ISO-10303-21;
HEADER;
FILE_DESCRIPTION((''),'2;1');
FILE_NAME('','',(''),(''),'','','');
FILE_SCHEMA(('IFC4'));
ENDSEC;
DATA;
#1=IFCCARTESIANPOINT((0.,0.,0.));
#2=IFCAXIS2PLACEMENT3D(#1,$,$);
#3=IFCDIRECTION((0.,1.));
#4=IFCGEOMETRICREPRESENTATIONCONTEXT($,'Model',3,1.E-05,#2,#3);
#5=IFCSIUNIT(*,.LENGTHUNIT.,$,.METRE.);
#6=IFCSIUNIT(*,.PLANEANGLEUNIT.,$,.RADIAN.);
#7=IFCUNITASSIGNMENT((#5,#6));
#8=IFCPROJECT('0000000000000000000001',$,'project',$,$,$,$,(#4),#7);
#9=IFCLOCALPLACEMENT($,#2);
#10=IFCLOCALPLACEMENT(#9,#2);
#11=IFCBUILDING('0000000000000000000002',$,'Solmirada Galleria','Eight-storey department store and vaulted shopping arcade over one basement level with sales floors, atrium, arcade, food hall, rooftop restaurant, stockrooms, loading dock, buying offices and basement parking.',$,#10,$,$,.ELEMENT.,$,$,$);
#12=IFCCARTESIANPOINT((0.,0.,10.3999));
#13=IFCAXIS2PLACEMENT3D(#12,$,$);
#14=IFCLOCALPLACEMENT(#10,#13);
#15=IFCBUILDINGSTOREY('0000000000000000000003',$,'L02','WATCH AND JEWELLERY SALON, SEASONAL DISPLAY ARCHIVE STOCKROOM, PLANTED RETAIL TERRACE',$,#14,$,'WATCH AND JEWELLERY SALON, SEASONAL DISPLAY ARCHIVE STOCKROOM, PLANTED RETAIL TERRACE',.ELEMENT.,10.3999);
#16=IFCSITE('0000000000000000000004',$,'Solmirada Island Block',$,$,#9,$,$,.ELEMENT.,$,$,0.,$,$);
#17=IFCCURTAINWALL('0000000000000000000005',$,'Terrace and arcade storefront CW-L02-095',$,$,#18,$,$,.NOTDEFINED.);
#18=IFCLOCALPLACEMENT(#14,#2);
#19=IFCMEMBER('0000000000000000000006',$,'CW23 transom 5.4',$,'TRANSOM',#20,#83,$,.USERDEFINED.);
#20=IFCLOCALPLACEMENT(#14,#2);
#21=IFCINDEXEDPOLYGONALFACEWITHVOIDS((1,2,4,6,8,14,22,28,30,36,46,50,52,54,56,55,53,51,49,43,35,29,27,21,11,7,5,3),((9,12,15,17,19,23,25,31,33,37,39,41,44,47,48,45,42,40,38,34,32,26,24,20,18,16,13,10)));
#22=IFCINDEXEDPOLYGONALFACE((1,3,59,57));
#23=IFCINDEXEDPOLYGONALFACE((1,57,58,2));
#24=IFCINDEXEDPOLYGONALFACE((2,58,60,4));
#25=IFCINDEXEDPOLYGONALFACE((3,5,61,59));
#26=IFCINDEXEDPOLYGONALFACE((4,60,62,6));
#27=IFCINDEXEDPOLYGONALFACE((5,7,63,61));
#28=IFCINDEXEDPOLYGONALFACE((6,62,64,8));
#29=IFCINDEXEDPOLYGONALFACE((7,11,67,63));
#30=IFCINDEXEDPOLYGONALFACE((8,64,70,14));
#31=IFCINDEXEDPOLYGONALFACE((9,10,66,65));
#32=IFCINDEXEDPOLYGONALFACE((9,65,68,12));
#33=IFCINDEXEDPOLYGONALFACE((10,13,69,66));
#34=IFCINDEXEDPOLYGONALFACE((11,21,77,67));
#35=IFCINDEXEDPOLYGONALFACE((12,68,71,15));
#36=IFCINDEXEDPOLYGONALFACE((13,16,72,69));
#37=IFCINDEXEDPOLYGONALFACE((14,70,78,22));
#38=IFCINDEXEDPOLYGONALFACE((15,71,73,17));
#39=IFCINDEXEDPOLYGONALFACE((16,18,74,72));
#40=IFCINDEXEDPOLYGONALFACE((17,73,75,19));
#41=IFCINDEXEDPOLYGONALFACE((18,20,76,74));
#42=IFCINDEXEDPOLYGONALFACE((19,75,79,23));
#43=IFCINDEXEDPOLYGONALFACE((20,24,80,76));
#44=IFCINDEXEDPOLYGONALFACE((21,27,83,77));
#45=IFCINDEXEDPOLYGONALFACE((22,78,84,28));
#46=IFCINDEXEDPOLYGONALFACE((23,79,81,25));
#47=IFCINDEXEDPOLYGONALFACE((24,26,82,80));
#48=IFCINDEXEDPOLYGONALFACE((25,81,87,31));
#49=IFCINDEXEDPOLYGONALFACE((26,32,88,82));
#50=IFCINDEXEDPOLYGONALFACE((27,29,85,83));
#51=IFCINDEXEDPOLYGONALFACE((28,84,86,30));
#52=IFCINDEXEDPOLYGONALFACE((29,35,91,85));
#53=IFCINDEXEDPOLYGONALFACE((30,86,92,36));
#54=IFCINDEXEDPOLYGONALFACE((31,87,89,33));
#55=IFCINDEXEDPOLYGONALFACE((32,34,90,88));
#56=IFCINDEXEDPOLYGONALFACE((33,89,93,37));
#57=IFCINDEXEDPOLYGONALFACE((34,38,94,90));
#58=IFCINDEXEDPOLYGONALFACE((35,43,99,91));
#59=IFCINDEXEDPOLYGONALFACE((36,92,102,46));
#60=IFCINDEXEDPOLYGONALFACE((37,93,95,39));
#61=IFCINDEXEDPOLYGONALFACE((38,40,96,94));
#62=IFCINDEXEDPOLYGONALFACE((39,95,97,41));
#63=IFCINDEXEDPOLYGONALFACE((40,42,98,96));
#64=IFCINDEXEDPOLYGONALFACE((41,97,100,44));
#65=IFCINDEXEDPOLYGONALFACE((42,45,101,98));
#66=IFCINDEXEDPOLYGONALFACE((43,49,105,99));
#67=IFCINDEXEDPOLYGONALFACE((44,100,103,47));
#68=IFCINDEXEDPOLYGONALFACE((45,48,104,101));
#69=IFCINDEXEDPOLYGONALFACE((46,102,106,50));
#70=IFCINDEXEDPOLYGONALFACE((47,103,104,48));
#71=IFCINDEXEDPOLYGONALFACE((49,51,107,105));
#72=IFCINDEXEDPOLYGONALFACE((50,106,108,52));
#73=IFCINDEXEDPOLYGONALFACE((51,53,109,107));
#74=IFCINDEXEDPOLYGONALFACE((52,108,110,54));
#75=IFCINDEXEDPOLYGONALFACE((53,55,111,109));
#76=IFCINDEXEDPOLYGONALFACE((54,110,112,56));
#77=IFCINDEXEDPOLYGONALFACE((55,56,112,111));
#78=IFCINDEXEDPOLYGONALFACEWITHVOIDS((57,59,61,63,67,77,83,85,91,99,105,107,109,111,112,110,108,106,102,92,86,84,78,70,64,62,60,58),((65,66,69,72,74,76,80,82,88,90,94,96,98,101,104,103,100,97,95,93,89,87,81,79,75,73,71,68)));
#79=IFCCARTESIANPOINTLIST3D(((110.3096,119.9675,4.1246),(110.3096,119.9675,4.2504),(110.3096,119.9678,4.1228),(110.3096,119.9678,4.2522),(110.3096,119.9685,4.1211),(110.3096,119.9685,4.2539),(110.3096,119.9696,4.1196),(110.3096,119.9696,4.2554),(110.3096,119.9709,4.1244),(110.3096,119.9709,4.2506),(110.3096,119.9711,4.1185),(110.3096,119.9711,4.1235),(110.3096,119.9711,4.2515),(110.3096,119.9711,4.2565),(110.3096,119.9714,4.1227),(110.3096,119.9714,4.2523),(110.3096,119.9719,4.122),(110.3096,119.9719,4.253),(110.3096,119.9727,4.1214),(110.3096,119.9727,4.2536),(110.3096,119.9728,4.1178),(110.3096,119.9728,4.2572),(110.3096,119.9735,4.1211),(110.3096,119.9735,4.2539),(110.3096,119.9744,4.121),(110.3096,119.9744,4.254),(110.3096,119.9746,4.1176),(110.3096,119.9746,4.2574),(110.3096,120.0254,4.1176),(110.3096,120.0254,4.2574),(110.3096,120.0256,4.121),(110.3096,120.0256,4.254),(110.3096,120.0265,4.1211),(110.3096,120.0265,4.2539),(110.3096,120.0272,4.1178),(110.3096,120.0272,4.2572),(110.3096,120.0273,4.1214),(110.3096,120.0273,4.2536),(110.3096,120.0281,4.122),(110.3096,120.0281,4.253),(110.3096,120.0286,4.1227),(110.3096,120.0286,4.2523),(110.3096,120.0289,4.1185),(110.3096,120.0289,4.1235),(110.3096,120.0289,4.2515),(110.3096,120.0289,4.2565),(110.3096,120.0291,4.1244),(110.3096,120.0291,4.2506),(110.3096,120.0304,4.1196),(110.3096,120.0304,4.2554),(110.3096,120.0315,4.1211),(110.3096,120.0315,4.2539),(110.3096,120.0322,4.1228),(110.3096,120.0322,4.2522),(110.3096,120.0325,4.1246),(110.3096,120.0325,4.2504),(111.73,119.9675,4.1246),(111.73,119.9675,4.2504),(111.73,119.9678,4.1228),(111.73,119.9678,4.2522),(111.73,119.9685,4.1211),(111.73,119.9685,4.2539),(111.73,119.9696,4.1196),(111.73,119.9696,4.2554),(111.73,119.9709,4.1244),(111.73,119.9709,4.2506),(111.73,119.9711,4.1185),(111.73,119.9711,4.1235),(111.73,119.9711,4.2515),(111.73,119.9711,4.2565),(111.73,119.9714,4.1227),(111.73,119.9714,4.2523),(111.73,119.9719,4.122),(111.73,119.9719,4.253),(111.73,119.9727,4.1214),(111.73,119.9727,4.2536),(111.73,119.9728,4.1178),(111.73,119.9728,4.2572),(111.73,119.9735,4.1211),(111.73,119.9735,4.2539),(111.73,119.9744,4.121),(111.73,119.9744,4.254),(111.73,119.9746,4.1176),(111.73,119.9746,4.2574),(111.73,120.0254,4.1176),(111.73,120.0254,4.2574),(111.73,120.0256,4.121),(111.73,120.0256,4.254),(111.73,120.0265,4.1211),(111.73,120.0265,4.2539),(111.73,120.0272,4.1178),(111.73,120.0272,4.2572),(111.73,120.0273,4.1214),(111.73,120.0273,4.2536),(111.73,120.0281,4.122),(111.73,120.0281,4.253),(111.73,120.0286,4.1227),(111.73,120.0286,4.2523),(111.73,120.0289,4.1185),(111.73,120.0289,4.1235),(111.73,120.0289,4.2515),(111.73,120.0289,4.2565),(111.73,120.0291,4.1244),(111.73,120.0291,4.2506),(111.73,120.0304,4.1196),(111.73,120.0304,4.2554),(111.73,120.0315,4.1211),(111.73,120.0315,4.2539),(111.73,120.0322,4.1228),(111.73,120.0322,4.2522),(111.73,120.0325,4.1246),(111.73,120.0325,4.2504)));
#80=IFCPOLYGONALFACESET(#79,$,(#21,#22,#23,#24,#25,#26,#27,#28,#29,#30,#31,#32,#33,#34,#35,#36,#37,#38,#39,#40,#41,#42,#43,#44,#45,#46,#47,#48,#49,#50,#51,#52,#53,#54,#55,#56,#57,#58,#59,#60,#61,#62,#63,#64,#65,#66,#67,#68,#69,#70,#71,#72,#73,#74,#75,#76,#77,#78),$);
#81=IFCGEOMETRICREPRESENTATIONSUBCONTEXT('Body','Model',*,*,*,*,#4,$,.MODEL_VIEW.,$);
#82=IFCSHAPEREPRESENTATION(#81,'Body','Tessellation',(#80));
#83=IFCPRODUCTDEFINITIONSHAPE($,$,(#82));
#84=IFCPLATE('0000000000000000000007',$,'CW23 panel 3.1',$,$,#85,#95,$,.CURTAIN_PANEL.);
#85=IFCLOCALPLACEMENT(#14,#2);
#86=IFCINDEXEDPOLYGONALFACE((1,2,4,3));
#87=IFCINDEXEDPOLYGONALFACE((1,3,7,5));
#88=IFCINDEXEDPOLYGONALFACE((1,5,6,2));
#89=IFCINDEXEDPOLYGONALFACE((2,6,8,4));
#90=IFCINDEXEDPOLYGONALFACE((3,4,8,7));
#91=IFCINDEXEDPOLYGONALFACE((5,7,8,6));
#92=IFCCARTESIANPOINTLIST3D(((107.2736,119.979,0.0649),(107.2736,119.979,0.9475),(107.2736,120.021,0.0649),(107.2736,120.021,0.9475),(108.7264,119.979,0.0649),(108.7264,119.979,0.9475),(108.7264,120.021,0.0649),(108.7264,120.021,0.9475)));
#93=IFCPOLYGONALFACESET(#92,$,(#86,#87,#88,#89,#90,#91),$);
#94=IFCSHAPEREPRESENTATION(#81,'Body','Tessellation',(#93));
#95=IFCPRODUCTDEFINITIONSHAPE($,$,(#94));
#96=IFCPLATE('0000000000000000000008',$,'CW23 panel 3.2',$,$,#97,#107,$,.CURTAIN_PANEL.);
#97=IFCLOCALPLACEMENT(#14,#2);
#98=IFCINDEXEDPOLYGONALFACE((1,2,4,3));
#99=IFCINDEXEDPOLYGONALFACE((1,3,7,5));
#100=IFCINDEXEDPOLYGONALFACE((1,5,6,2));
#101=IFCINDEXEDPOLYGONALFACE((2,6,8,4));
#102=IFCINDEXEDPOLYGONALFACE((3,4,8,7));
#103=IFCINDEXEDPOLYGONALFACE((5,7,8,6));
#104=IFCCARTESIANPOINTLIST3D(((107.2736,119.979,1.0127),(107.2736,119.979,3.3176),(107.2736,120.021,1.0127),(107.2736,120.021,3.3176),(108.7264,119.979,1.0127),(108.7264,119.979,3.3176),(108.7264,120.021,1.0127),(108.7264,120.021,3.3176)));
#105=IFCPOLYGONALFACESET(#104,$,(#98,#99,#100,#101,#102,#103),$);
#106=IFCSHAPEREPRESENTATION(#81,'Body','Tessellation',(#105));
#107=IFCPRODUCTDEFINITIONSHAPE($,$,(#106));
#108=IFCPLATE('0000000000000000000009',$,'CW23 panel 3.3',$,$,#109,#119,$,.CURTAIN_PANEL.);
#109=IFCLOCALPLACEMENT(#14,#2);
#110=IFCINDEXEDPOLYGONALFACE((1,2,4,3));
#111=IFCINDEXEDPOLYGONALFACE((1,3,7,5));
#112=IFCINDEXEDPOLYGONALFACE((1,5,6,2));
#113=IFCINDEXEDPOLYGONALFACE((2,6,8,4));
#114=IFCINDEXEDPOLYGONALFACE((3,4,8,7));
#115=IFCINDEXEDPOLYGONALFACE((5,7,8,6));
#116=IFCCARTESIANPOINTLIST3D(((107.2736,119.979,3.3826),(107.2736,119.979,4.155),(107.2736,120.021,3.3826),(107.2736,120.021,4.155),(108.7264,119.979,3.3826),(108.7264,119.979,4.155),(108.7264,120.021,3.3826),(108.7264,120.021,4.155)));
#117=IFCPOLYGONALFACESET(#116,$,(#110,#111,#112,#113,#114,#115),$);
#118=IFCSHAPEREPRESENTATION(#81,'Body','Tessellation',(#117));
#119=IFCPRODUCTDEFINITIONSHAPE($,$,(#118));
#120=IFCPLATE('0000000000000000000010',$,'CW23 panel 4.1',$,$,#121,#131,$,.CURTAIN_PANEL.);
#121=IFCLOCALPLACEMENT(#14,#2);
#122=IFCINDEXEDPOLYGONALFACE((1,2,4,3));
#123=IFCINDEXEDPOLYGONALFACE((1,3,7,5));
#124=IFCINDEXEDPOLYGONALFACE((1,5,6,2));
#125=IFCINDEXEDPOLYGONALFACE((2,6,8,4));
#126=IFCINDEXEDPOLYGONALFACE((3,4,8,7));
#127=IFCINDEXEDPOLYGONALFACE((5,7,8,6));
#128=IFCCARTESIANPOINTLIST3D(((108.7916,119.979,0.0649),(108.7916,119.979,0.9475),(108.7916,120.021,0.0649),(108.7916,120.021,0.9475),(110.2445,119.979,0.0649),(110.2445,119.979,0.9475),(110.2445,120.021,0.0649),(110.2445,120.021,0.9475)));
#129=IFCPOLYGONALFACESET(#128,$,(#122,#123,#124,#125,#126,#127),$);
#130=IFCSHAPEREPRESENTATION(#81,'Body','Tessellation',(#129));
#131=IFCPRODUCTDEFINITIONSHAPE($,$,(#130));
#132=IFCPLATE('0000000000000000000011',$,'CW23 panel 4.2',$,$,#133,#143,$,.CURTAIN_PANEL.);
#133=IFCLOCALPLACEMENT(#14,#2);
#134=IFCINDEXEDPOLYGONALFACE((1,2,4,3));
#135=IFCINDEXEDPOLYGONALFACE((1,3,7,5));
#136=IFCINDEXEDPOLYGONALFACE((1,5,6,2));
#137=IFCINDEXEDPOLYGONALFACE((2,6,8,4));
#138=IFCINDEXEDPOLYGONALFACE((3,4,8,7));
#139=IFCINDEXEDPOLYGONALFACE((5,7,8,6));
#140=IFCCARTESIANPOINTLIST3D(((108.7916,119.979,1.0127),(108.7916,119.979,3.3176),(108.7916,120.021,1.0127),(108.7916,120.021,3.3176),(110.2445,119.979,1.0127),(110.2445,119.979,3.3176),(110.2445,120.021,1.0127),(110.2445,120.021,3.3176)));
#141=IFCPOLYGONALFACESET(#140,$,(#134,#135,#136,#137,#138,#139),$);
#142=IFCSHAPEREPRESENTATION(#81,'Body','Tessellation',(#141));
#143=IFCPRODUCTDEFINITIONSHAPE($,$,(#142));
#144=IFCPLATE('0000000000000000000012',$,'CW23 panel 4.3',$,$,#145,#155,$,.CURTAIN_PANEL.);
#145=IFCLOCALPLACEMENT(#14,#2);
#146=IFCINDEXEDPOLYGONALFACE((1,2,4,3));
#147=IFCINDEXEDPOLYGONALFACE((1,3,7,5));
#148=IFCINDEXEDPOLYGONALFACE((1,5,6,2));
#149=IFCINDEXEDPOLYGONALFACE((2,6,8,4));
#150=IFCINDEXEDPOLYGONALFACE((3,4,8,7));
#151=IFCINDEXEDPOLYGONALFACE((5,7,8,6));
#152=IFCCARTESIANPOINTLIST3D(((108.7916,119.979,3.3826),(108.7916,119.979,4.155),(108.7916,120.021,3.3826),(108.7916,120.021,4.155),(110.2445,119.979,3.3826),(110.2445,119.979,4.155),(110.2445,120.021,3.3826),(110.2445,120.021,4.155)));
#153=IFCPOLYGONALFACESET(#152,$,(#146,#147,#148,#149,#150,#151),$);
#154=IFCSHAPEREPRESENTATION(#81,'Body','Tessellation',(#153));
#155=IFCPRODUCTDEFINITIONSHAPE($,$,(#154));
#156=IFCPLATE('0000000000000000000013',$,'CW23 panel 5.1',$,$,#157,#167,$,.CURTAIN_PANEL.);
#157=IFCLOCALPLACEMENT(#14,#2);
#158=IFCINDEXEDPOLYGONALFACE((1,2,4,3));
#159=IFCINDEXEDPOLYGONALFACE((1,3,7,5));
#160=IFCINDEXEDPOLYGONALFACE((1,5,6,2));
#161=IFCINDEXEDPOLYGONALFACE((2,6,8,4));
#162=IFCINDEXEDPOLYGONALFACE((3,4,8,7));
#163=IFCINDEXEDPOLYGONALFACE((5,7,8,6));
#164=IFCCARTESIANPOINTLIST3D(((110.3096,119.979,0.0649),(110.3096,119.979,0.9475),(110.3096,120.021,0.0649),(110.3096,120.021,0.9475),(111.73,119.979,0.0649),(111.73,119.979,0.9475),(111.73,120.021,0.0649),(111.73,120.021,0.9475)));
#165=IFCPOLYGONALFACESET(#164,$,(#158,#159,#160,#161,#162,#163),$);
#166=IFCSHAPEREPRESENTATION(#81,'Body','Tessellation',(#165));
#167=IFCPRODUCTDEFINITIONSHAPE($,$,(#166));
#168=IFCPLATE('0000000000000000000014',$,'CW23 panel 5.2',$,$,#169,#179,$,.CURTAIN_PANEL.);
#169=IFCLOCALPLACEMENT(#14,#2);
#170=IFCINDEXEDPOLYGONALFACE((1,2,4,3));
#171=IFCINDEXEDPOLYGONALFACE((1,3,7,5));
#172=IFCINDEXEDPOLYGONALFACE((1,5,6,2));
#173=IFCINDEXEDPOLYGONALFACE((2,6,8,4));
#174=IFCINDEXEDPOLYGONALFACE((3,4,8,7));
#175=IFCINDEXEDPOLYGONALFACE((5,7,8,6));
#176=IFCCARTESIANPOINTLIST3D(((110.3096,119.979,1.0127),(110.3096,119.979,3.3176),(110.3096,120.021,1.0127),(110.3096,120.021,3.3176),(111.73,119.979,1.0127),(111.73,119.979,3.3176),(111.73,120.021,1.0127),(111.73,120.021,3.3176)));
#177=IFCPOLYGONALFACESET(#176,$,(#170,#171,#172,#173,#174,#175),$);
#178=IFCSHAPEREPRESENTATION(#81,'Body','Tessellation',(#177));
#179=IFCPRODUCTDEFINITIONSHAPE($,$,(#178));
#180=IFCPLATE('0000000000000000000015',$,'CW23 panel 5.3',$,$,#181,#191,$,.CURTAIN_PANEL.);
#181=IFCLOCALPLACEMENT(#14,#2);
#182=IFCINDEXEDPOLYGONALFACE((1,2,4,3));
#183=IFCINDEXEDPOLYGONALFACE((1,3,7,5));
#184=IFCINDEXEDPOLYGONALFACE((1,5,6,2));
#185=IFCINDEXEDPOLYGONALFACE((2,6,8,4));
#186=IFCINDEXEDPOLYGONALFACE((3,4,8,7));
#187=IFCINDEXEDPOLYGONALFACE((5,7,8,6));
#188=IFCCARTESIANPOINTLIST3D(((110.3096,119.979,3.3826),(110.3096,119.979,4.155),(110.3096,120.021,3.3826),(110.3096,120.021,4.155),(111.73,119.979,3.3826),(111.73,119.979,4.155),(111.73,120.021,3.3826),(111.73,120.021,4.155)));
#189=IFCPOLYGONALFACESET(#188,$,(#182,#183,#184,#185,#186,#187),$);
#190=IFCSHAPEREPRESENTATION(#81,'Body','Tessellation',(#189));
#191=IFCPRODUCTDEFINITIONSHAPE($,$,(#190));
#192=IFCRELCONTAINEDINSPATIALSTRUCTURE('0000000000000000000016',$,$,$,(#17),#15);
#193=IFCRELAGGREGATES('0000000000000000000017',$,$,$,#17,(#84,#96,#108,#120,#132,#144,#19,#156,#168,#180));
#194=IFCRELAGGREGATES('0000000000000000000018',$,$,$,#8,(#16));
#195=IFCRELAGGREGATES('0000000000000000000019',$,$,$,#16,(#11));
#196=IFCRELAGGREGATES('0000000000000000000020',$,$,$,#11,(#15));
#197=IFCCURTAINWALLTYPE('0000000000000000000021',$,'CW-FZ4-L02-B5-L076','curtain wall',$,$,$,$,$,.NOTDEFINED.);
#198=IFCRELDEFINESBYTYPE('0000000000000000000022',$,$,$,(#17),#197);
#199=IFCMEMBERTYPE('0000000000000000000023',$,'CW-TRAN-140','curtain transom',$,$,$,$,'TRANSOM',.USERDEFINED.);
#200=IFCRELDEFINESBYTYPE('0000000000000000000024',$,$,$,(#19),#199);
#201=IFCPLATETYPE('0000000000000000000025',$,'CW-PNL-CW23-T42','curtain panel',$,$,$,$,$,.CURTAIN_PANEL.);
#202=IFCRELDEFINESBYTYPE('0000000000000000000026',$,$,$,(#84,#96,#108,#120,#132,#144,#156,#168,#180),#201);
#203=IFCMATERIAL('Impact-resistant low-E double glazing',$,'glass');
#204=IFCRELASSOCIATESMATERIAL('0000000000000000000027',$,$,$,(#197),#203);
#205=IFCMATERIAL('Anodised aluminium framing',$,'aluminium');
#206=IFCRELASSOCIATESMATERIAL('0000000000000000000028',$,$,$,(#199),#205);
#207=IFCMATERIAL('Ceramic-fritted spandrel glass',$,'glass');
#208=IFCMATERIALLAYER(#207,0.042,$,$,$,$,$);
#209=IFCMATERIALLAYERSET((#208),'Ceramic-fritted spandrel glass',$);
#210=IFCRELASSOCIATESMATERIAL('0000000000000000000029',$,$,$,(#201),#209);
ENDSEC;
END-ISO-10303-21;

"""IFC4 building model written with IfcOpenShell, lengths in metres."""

from ifc_helpers import new_model, si_unit, direction, frame, origin, origin_2d, place, context, subcontext, project, spatial, rectangle, hollow_rectangle, extrude, material, layer, layer_set, material_profile, profile_set, type_object, element, aggregate, save


model = new_model("IFC4")

# Units and contexts
model_context = context("Model", 3, precision=1e-05, world=origin(), true_north=direction((0.0, 1.0)))
body_context = subcontext(model_context, "Body", "Model", "MODEL_VIEW")
ifc_project = project(units=[si_unit("LENGTHUNIT", "METRE"), si_unit("PLANEANGLEUNIT", "RADIAN")], contexts=[model_context])

# Site, building, storey
site_placement = place(None, origin())
site = spatial("IfcSite", under=ifc_project, at=site_placement, Name="Solmirada Island Block", CompositionType="ELEMENT", RefElevation=0.0)
building_placement = place(site_placement, origin())
building = spatial("IfcBuilding", under=site, at=building_placement, Name="Solmirada Galleria", Description="Eight-storey department store and vaulted shopping arcade over one basement level with sales floors, atrium, arcade, food hall, rooftop restaurant, stockrooms, loading dock, buying offices and basement parking.", CompositionType="ELEMENT")
storey_placement = place(building_placement, frame((0.0, 0.0, 10.3999)))
storey = spatial("IfcBuildingStorey", under=building, at=storey_placement, Name="L02", Description="WATCH AND JEWELLERY SALON, SEASONAL DISPLAY ARCHIVE STOCKROOM, PLANTED RETAIL TERRACE", LongName="WATCH AND JEWELLERY SALON, SEASONAL DISPLAY ARCHIVE STOCKROOM, PLANTED RETAIL TERRACE", CompositionType="ELEMENT", Elevation=10.3999)

# Curtain wall, member, plates
ifc_material_1 = material(Name="Impact-resistant low-E double glazing", Category="glass")
curtain_wall_type = type_object("IfcCurtainWallType", Name="CW-FZ4-L02-B5-L076", Description="curtain wall", PredefinedType="NOTDEFINED", material=ifc_material_1)
curtain_wall_placement = place(storey_placement, origin())
curtain_wall = element("IfcCurtainWall", 1, at=curtain_wall_placement, inside=storey, type_object=curtain_wall_type, Name="Terrace and arcade storefront CW-L02-095", PredefinedType="NOTDEFINED")
ifc_material_2 = material(Name="Anodised aluminium framing", Category="aluminium")
ifc_material_profile_1 = material_profile(ifc_material_2, hollow_rectangle(XDim=0.0649, YDim=0.1399, WallThickness=0.0034, InnerFilletRadius=0.0034, OuterFilletRadius=0.0071, at=origin_2d()), Name="ALU-TRAN-140X65")
ifc_profile_set_1 = profile_set([ifc_material_profile_1], Name="Anodised aluminium framing")
member_type_1 = type_object("IfcMemberType", Name="CW-TRAN-140", Description="curtain transom", ElementType="TRANSOM", PredefinedType="USERDEFINED", material=ifc_profile_set_1)
member_1_placement = place(storey_placement, frame((110.3096, 120.0, 4.1875), z_axis=(1.0, 0.0, 0.0), x_axis=(0.0, 1.0, 0.0)))
member_1 = element("IfcMember", 2, at=member_1_placement, type_object=member_type_1, Name="CW23 transom 5.4", ObjectType="TRANSOM", PredefinedType="USERDEFINED", context=body_context, shape_type="SweptSolid", body=[
    extrude(hollow_rectangle(XDim=0.0649, YDim=0.1399, WallThickness=0.0034, InnerFilletRadius=0.0034, OuterFilletRadius=0.0071, at=origin_2d()), origin(), (0.0, 0.0, 1.0), 1.4204),
])
ifc_material_3 = material(Name="Ceramic-fritted spandrel glass", Category="glass")
ifc_layer = layer(ifc_material_3, 0.042)
ifc_layer_set = layer_set([ifc_layer], Name="Ceramic-fritted spandrel glass")
plate_type = type_object("IfcPlateType", Name="CW-PNL-CW23-T42", Description="curtain panel", PredefinedType="CURTAIN_PANEL", material=ifc_layer_set)
plate_1_placement = place(storey_placement, frame((108.0, 120.0, 0.0649), z_axis=(0.0, 0.0, 1.0), x_axis=(1.0, 0.0, 0.0)))
plate_1 = element("IfcPlate", 3, at=plate_1_placement, type_object=plate_type, Name="CW23 panel 3.1", PredefinedType="CURTAIN_PANEL", context=body_context, shape_type="SweptSolid", body=[
    extrude(rectangle(XDim=1.4529, YDim=0.042, at=origin_2d()), origin(), (0.0, 0.0, 1.0), 0.8826),
])
plate_2_placement = place(storey_placement, frame((108.0, 120.0, 1.0127), z_axis=(0.0, 0.0, 1.0), x_axis=(1.0, 0.0, 0.0)))
plate_2 = element("IfcPlate", 4, at=plate_2_placement, type_object=plate_type, Name="CW23 panel 3.2", PredefinedType="CURTAIN_PANEL", context=body_context, shape_type="SweptSolid", body=[
    extrude(rectangle(XDim=1.4529, YDim=0.042, at=origin_2d()), origin(), (0.0, 0.0, 1.0), 2.3049),
])
plate_3_placement = place(storey_placement, frame((108.0, 120.0, 3.3826), z_axis=(0.0, 0.0, 1.0), x_axis=(1.0, 0.0, 0.0)))
plate_3 = element("IfcPlate", 5, at=plate_3_placement, type_object=plate_type, Name="CW23 panel 3.3", PredefinedType="CURTAIN_PANEL", context=body_context, shape_type="SweptSolid", body=[
    extrude(rectangle(XDim=1.4529, YDim=0.042, at=origin_2d()), origin(), (0.0, 0.0, 1.0), 0.7725),
])
plate_4_placement = place(storey_placement, frame((109.5181, 120.0, 0.0649), z_axis=(0.0, 0.0, 1.0), x_axis=(1.0, 0.0, 0.0)))
plate_4 = element("IfcPlate", 6, at=plate_4_placement, type_object=plate_type, Name="CW23 panel 4.1", PredefinedType="CURTAIN_PANEL", context=body_context, shape_type="SweptSolid", body=[
    extrude(rectangle(XDim=1.4529, YDim=0.042, at=origin_2d()), origin(), (0.0, 0.0, 1.0), 0.8826),
])
plate_5_placement = place(storey_placement, frame((109.5181, 120.0, 1.0127), z_axis=(0.0, 0.0, 1.0), x_axis=(1.0, 0.0, 0.0)))
plate_5 = element("IfcPlate", 7, at=plate_5_placement, type_object=plate_type, Name="CW23 panel 4.2", PredefinedType="CURTAIN_PANEL", context=body_context, shape_type="SweptSolid", body=[
    extrude(rectangle(XDim=1.4529, YDim=0.042, at=origin_2d()), origin(), (0.0, 0.0, 1.0), 2.3049),
])
plate_6_placement = place(storey_placement, frame((109.5181, 120.0, 3.3826), z_axis=(0.0, 0.0, 1.0), x_axis=(1.0, 0.0, 0.0)))
plate_6 = element("IfcPlate", 8, at=plate_6_placement, type_object=plate_type, Name="CW23 panel 4.3", PredefinedType="CURTAIN_PANEL", context=body_context, shape_type="SweptSolid", body=[
    extrude(rectangle(XDim=1.4529, YDim=0.042, at=origin_2d()), origin(), (0.0, 0.0, 1.0), 0.7725),
])
plate_7_placement = place(storey_placement, frame((111.0198, 120.0, 0.0649), z_axis=(0.0, 0.0, 1.0), x_axis=(1.0, 0.0, 0.0)))
plate_7 = element("IfcPlate", 9, at=plate_7_placement, type_object=plate_type, Name="CW23 panel 5.1", PredefinedType="CURTAIN_PANEL", context=body_context, shape_type="SweptSolid", body=[
    extrude(rectangle(XDim=1.4204, YDim=0.042, at=origin_2d()), origin(), (0.0, 0.0, 1.0), 0.8826),
])
plate_8_placement = place(storey_placement, frame((111.0198, 120.0, 1.0127), z_axis=(0.0, 0.0, 1.0), x_axis=(1.0, 0.0, 0.0)))
plate_8 = element("IfcPlate", 10, at=plate_8_placement, type_object=plate_type, Name="CW23 panel 5.2", PredefinedType="CURTAIN_PANEL", context=body_context, shape_type="SweptSolid", body=[
    extrude(rectangle(XDim=1.4204, YDim=0.042, at=origin_2d()), origin(), (0.0, 0.0, 1.0), 2.3049),
])
plate_9_placement = place(storey_placement, frame((111.0198, 120.0, 3.3826), z_axis=(0.0, 0.0, 1.0), x_axis=(1.0, 0.0, 0.0)))
plate_9 = element("IfcPlate", 11, at=plate_9_placement, type_object=plate_type, Name="CW23 panel 5.3", PredefinedType="CURTAIN_PANEL", context=body_context, shape_type="SweptSolid", body=[
    extrude(rectangle(XDim=1.4204, YDim=0.042, at=origin_2d()), origin(), (0.0, 0.0, 1.0), 0.7725),
])
aggregate(curtain_wall, [plate_1, plate_2, plate_3, plate_4, plate_5, plate_6, member_1, plate_7, plate_8, plate_9])

save(model, "model.ifc")
